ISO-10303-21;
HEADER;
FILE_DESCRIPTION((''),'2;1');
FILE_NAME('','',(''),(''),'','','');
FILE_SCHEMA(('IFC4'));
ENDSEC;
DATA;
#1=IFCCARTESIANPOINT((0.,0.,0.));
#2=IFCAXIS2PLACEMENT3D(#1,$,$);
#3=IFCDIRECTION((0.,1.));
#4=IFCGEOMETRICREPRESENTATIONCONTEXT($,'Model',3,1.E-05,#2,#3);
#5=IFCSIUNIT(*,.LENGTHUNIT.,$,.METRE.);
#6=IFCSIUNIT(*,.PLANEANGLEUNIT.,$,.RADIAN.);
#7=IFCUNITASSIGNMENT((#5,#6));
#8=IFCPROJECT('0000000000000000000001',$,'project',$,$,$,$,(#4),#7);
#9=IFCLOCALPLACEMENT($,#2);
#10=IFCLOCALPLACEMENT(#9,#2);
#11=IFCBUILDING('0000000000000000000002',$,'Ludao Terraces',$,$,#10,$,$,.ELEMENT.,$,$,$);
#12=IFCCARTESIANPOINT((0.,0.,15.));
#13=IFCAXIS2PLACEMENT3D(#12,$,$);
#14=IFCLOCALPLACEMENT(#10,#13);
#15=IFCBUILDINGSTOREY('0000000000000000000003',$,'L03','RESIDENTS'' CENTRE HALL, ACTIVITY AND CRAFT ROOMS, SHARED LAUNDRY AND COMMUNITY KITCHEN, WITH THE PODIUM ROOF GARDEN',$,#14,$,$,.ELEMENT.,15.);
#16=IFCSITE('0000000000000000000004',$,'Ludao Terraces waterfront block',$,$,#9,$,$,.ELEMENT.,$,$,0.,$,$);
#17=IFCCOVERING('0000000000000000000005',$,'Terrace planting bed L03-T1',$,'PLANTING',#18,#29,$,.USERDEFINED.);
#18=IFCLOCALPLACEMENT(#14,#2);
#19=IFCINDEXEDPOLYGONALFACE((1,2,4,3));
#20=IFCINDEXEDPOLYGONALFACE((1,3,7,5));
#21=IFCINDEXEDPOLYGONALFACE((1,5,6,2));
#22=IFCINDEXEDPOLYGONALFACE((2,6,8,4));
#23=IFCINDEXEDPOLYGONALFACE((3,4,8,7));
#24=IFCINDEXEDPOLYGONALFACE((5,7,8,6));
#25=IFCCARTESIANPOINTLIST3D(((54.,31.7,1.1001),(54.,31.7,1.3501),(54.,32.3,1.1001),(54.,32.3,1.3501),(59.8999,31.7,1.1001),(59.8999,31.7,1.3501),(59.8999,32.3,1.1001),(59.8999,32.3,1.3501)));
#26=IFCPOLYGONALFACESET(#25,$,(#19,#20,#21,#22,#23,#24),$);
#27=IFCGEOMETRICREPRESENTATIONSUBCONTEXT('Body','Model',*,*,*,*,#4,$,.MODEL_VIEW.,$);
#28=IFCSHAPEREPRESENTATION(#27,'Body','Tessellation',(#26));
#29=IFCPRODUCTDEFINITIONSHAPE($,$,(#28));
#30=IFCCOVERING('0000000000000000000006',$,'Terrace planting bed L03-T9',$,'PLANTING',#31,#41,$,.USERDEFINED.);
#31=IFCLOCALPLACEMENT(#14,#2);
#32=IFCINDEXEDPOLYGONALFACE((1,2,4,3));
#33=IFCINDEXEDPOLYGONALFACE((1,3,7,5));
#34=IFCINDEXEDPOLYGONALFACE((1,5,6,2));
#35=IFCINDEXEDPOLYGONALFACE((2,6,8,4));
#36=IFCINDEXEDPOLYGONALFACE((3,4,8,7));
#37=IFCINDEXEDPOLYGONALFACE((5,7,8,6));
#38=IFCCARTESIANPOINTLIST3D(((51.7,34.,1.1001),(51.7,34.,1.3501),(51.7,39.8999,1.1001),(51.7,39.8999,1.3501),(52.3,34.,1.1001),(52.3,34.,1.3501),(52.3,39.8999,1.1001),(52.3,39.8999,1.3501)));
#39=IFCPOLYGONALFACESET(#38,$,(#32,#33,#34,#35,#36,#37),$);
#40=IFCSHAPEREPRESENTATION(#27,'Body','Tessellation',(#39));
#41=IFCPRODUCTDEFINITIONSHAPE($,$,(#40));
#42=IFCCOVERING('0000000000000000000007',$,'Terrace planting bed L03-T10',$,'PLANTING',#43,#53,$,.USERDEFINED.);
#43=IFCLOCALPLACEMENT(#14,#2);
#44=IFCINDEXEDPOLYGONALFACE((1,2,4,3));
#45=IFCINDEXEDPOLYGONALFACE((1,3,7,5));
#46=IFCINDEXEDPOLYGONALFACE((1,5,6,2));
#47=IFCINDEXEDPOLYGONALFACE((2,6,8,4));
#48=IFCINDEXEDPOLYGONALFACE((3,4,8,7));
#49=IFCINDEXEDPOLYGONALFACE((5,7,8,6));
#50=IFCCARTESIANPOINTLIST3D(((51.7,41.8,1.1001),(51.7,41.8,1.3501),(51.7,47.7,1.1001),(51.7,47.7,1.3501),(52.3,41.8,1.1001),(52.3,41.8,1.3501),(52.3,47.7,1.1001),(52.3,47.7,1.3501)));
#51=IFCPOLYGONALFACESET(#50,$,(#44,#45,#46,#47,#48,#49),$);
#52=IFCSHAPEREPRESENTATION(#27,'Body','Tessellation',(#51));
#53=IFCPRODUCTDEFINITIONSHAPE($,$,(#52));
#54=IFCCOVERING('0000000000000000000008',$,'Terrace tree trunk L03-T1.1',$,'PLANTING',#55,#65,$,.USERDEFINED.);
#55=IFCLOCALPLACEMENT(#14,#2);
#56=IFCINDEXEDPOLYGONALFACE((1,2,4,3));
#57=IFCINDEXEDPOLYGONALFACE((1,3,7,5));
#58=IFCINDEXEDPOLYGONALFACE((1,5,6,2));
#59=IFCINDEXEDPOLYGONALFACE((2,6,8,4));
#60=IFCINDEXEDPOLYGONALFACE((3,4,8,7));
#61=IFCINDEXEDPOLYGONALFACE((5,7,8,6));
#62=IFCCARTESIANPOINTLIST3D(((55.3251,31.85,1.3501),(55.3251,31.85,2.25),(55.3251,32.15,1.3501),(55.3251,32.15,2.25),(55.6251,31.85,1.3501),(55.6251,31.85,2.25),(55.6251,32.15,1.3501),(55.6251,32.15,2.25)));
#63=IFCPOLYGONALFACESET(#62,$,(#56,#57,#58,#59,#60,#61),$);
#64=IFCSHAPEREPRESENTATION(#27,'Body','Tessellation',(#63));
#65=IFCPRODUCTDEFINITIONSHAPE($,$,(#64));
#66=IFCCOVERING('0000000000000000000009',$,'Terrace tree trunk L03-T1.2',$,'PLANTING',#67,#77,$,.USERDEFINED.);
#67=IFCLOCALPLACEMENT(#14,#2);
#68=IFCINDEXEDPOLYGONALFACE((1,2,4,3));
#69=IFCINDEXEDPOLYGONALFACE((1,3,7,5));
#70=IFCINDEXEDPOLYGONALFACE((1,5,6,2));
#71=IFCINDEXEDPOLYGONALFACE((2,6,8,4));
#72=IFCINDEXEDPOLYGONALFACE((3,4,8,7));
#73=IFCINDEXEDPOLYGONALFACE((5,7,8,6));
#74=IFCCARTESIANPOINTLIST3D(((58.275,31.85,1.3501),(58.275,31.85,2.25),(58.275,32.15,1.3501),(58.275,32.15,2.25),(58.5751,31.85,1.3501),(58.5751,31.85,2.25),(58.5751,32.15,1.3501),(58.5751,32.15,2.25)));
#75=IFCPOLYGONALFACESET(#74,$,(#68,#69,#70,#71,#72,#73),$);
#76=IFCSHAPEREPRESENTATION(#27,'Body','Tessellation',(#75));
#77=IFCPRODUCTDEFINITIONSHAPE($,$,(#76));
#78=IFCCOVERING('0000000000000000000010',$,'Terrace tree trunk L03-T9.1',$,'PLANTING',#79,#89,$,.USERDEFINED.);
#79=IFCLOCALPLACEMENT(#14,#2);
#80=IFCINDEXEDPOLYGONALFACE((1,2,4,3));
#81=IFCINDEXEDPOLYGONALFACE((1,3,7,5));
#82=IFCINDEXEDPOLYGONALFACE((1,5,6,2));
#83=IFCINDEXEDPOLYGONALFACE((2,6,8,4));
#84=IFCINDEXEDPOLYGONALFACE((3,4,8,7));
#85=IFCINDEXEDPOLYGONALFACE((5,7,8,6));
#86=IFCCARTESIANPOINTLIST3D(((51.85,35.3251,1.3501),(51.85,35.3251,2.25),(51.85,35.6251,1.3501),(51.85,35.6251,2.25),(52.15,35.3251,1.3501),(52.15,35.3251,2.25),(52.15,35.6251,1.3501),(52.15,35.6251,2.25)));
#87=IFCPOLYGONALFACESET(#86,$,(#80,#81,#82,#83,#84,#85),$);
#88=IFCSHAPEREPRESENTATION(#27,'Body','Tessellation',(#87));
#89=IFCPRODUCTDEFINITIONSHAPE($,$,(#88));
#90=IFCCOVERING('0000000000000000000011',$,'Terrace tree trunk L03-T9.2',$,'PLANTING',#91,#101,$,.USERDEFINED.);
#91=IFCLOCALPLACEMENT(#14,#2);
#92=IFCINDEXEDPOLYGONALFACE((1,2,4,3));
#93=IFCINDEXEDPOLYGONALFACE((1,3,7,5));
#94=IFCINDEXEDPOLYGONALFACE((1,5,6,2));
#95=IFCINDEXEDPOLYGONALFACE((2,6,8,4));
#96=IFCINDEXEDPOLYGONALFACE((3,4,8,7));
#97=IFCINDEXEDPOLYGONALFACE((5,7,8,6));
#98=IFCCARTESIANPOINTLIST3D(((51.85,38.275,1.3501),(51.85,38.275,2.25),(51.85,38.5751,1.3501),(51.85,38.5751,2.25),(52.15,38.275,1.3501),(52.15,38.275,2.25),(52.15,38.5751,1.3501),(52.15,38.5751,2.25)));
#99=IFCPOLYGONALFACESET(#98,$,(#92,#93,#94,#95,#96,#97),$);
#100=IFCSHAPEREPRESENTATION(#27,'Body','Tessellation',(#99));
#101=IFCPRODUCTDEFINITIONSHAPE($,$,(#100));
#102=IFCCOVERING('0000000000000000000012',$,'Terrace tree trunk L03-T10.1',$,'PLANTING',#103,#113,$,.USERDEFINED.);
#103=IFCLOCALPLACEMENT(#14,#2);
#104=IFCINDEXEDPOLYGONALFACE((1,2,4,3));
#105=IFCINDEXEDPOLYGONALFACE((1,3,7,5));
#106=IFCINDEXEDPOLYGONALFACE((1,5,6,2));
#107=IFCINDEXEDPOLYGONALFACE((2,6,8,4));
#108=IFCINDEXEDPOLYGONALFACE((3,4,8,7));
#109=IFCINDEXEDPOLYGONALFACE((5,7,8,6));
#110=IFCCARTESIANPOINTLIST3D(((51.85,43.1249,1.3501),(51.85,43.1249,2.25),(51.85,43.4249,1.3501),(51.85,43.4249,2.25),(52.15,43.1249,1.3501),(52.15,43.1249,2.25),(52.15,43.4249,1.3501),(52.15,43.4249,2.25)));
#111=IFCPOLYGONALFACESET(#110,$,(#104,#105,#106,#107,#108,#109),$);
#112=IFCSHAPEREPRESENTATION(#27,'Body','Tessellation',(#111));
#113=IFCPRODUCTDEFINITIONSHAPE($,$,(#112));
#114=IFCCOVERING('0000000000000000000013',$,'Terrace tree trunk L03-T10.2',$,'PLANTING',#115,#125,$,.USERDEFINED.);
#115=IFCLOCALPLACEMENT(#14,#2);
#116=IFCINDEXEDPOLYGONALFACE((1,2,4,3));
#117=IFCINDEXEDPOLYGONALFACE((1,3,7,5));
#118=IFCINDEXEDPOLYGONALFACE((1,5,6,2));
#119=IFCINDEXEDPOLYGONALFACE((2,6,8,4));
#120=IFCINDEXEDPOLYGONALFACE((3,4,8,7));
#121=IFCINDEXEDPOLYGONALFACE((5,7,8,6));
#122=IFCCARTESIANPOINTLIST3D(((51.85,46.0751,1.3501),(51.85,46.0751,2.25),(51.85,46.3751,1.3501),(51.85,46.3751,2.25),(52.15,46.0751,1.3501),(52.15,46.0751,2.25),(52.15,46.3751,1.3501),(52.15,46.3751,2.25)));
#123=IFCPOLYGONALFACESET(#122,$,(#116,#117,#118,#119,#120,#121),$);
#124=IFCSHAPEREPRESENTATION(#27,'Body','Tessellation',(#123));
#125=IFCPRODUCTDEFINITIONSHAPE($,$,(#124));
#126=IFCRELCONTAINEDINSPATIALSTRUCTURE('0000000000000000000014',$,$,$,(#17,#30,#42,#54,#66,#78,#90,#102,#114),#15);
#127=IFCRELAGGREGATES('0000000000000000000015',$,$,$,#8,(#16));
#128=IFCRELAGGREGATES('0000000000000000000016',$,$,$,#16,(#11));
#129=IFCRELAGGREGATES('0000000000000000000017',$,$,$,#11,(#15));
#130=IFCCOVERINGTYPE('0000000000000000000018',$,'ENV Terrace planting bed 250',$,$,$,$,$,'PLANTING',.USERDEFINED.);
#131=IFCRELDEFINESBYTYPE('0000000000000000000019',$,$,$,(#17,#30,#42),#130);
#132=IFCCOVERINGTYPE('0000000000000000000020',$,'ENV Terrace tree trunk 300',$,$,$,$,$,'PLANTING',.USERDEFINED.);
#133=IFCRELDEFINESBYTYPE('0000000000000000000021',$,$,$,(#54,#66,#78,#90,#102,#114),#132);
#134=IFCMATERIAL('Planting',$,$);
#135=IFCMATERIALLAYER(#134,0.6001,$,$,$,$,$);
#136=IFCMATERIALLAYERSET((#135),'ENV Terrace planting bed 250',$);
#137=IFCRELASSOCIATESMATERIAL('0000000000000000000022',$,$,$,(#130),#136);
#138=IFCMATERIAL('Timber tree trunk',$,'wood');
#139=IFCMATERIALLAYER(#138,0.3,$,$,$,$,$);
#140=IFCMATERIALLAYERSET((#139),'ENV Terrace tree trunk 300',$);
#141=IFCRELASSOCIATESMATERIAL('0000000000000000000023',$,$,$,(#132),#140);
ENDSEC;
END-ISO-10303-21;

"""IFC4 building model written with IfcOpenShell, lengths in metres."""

from ifc_helpers import new_model, si_unit, direction, frame, origin, origin_2d, place, context, subcontext, project, spatial, rectangle, extrude, material, layer, layer_set, type_object, element, save


model = new_model("IFC4")

# Units and contexts
model_context = context("Model", 3, precision=1e-05, world=origin(), true_north=direction((0.0, 1.0)))
body_context = subcontext(model_context, "Body", "Model", "MODEL_VIEW")
ifc_project = project(units=[si_unit("LENGTHUNIT", "METRE"), si_unit("PLANEANGLEUNIT", "RADIAN")], contexts=[model_context])

# Site, building, storey
site_placement = place(None, origin())
site = spatial("IfcSite", under=ifc_project, at=site_placement, Name="Ludao Terraces waterfront block", CompositionType="ELEMENT", RefElevation=0.0)
building_placement = place(site_placement, origin())
building = spatial("IfcBuilding", under=site, at=building_placement, Name="Ludao Terraces", CompositionType="ELEMENT")
storey_placement = place(building_placement, frame((0.0, 0.0, 15.0)))
storey = spatial("IfcBuildingStorey", under=building, at=storey_placement, Name="L03", Description="RESIDENTS' CENTRE HALL, ACTIVITY AND CRAFT ROOMS, SHARED LAUNDRY AND COMMUNITY KITCHEN, WITH THE PODIUM ROOF GARDEN", CompositionType="ELEMENT", Elevation=15.0)

# Coverings
ifc_material_1 = material(Name="Planting")
ifc_layer_1 = layer(ifc_material_1, 0.6001)
ifc_layer_set_1 = layer_set([ifc_layer_1], Name="ENV Terrace planting bed 250")
covering_type_1 = type_object("IfcCoveringType", Name="ENV Terrace planting bed 250", ElementType="PLANTING", PredefinedType="USERDEFINED", material=ifc_layer_set_1)
covering_placement = place(storey_placement, frame((56.95, 32.0, 1.1001), z_axis=(0.0, 0.0, 1.0), x_axis=(1.0, 0.0, 0.0)))
element("IfcCovering", 1, at=covering_placement, inside=storey, type_object=covering_type_1, Name="Terrace planting bed L03-T1", ObjectType="PLANTING", PredefinedType="USERDEFINED", context=body_context, shape_type="SweptSolid", body=[
    extrude(rectangle(XDim=5.8999, YDim=0.6001, at=origin_2d()), origin(), (0.0, 0.0, 1.0), 0.25),
])
for number, where, z_axis, x_axis, name in (
    (2, (52.0, 36.95, 1.1001), (0.0, 0.0, 1.0), (1.0, 0.0, 0.0), "Terrace planting bed L03-T9"),
    (3, (52.0, 44.75, 1.1001), (0.0, 0.0, 1.0), (1.0, 0.0, 0.0), "Terrace planting bed L03-T10"),
):
    element("IfcCovering", number, at=place(storey_placement, frame(where, z_axis=z_axis, x_axis=x_axis)), inside=storey, type_object=covering_type_1, Name=name, ObjectType="PLANTING", PredefinedType="USERDEFINED", context=body_context, shape_type="SweptSolid", body=[
        extrude(rectangle(XDim=0.6001, YDim=5.8999, at=origin_2d()), origin(), (0.0, 0.0, 1.0), 0.25),
    ])
ifc_material_2 = material(Name="Timber tree trunk", Category="wood")
ifc_layer_2 = layer(ifc_material_2, 0.3)
ifc_layer_set_2 = layer_set([ifc_layer_2], Name="ENV Terrace tree trunk 300")
covering_type_2 = type_object("IfcCoveringType", Name="ENV Terrace tree trunk 300", ElementType="PLANTING", PredefinedType="USERDEFINED", material=ifc_layer_set_2)
for number, where, z_axis, x_axis, name in (
    (4, (55.4751, 32.0, 1.3501), (0.0, 0.0, 1.0), (1.0, 0.0, 0.0), "Terrace tree trunk L03-T1.1"),
    (5, (58.425, 32.0, 1.3501), (0.0, 0.0, 1.0), (1.0, 0.0, 0.0), "Terrace tree trunk L03-T1.2"),
    (6, (52.0, 35.4751, 1.3501), (0.0, 0.0, 1.0), (1.0, 0.0, 0.0), "Terrace tree trunk L03-T9.1"),
    (7, (52.0, 38.425, 1.3501), (0.0, 0.0, 1.0), (1.0, 0.0, 0.0), "Terrace tree trunk L03-T9.2"),
    (8, (52.0, 43.2749, 1.3501), (0.0, 0.0, 1.0), (1.0, 0.0, 0.0), "Terrace tree trunk L03-T10.1"),
    (9, (52.0, 46.2251, 1.3501), (0.0, 0.0, 1.0), (1.0, 0.0, 0.0), "Terrace tree trunk L03-T10.2"),
):
    element("IfcCovering", number, at=place(storey_placement, frame(where, z_axis=z_axis, x_axis=x_axis)), inside=storey, type_object=covering_type_2, Name=name, ObjectType="PLANTING", PredefinedType="USERDEFINED", context=body_context, shape_type="SweptSolid", body=[
        extrude(rectangle(XDim=0.3, YDim=0.3, at=origin_2d()), origin(), (0.0, 0.0, 1.0), 0.8999),
    ])

save(model, "model.ifc")
